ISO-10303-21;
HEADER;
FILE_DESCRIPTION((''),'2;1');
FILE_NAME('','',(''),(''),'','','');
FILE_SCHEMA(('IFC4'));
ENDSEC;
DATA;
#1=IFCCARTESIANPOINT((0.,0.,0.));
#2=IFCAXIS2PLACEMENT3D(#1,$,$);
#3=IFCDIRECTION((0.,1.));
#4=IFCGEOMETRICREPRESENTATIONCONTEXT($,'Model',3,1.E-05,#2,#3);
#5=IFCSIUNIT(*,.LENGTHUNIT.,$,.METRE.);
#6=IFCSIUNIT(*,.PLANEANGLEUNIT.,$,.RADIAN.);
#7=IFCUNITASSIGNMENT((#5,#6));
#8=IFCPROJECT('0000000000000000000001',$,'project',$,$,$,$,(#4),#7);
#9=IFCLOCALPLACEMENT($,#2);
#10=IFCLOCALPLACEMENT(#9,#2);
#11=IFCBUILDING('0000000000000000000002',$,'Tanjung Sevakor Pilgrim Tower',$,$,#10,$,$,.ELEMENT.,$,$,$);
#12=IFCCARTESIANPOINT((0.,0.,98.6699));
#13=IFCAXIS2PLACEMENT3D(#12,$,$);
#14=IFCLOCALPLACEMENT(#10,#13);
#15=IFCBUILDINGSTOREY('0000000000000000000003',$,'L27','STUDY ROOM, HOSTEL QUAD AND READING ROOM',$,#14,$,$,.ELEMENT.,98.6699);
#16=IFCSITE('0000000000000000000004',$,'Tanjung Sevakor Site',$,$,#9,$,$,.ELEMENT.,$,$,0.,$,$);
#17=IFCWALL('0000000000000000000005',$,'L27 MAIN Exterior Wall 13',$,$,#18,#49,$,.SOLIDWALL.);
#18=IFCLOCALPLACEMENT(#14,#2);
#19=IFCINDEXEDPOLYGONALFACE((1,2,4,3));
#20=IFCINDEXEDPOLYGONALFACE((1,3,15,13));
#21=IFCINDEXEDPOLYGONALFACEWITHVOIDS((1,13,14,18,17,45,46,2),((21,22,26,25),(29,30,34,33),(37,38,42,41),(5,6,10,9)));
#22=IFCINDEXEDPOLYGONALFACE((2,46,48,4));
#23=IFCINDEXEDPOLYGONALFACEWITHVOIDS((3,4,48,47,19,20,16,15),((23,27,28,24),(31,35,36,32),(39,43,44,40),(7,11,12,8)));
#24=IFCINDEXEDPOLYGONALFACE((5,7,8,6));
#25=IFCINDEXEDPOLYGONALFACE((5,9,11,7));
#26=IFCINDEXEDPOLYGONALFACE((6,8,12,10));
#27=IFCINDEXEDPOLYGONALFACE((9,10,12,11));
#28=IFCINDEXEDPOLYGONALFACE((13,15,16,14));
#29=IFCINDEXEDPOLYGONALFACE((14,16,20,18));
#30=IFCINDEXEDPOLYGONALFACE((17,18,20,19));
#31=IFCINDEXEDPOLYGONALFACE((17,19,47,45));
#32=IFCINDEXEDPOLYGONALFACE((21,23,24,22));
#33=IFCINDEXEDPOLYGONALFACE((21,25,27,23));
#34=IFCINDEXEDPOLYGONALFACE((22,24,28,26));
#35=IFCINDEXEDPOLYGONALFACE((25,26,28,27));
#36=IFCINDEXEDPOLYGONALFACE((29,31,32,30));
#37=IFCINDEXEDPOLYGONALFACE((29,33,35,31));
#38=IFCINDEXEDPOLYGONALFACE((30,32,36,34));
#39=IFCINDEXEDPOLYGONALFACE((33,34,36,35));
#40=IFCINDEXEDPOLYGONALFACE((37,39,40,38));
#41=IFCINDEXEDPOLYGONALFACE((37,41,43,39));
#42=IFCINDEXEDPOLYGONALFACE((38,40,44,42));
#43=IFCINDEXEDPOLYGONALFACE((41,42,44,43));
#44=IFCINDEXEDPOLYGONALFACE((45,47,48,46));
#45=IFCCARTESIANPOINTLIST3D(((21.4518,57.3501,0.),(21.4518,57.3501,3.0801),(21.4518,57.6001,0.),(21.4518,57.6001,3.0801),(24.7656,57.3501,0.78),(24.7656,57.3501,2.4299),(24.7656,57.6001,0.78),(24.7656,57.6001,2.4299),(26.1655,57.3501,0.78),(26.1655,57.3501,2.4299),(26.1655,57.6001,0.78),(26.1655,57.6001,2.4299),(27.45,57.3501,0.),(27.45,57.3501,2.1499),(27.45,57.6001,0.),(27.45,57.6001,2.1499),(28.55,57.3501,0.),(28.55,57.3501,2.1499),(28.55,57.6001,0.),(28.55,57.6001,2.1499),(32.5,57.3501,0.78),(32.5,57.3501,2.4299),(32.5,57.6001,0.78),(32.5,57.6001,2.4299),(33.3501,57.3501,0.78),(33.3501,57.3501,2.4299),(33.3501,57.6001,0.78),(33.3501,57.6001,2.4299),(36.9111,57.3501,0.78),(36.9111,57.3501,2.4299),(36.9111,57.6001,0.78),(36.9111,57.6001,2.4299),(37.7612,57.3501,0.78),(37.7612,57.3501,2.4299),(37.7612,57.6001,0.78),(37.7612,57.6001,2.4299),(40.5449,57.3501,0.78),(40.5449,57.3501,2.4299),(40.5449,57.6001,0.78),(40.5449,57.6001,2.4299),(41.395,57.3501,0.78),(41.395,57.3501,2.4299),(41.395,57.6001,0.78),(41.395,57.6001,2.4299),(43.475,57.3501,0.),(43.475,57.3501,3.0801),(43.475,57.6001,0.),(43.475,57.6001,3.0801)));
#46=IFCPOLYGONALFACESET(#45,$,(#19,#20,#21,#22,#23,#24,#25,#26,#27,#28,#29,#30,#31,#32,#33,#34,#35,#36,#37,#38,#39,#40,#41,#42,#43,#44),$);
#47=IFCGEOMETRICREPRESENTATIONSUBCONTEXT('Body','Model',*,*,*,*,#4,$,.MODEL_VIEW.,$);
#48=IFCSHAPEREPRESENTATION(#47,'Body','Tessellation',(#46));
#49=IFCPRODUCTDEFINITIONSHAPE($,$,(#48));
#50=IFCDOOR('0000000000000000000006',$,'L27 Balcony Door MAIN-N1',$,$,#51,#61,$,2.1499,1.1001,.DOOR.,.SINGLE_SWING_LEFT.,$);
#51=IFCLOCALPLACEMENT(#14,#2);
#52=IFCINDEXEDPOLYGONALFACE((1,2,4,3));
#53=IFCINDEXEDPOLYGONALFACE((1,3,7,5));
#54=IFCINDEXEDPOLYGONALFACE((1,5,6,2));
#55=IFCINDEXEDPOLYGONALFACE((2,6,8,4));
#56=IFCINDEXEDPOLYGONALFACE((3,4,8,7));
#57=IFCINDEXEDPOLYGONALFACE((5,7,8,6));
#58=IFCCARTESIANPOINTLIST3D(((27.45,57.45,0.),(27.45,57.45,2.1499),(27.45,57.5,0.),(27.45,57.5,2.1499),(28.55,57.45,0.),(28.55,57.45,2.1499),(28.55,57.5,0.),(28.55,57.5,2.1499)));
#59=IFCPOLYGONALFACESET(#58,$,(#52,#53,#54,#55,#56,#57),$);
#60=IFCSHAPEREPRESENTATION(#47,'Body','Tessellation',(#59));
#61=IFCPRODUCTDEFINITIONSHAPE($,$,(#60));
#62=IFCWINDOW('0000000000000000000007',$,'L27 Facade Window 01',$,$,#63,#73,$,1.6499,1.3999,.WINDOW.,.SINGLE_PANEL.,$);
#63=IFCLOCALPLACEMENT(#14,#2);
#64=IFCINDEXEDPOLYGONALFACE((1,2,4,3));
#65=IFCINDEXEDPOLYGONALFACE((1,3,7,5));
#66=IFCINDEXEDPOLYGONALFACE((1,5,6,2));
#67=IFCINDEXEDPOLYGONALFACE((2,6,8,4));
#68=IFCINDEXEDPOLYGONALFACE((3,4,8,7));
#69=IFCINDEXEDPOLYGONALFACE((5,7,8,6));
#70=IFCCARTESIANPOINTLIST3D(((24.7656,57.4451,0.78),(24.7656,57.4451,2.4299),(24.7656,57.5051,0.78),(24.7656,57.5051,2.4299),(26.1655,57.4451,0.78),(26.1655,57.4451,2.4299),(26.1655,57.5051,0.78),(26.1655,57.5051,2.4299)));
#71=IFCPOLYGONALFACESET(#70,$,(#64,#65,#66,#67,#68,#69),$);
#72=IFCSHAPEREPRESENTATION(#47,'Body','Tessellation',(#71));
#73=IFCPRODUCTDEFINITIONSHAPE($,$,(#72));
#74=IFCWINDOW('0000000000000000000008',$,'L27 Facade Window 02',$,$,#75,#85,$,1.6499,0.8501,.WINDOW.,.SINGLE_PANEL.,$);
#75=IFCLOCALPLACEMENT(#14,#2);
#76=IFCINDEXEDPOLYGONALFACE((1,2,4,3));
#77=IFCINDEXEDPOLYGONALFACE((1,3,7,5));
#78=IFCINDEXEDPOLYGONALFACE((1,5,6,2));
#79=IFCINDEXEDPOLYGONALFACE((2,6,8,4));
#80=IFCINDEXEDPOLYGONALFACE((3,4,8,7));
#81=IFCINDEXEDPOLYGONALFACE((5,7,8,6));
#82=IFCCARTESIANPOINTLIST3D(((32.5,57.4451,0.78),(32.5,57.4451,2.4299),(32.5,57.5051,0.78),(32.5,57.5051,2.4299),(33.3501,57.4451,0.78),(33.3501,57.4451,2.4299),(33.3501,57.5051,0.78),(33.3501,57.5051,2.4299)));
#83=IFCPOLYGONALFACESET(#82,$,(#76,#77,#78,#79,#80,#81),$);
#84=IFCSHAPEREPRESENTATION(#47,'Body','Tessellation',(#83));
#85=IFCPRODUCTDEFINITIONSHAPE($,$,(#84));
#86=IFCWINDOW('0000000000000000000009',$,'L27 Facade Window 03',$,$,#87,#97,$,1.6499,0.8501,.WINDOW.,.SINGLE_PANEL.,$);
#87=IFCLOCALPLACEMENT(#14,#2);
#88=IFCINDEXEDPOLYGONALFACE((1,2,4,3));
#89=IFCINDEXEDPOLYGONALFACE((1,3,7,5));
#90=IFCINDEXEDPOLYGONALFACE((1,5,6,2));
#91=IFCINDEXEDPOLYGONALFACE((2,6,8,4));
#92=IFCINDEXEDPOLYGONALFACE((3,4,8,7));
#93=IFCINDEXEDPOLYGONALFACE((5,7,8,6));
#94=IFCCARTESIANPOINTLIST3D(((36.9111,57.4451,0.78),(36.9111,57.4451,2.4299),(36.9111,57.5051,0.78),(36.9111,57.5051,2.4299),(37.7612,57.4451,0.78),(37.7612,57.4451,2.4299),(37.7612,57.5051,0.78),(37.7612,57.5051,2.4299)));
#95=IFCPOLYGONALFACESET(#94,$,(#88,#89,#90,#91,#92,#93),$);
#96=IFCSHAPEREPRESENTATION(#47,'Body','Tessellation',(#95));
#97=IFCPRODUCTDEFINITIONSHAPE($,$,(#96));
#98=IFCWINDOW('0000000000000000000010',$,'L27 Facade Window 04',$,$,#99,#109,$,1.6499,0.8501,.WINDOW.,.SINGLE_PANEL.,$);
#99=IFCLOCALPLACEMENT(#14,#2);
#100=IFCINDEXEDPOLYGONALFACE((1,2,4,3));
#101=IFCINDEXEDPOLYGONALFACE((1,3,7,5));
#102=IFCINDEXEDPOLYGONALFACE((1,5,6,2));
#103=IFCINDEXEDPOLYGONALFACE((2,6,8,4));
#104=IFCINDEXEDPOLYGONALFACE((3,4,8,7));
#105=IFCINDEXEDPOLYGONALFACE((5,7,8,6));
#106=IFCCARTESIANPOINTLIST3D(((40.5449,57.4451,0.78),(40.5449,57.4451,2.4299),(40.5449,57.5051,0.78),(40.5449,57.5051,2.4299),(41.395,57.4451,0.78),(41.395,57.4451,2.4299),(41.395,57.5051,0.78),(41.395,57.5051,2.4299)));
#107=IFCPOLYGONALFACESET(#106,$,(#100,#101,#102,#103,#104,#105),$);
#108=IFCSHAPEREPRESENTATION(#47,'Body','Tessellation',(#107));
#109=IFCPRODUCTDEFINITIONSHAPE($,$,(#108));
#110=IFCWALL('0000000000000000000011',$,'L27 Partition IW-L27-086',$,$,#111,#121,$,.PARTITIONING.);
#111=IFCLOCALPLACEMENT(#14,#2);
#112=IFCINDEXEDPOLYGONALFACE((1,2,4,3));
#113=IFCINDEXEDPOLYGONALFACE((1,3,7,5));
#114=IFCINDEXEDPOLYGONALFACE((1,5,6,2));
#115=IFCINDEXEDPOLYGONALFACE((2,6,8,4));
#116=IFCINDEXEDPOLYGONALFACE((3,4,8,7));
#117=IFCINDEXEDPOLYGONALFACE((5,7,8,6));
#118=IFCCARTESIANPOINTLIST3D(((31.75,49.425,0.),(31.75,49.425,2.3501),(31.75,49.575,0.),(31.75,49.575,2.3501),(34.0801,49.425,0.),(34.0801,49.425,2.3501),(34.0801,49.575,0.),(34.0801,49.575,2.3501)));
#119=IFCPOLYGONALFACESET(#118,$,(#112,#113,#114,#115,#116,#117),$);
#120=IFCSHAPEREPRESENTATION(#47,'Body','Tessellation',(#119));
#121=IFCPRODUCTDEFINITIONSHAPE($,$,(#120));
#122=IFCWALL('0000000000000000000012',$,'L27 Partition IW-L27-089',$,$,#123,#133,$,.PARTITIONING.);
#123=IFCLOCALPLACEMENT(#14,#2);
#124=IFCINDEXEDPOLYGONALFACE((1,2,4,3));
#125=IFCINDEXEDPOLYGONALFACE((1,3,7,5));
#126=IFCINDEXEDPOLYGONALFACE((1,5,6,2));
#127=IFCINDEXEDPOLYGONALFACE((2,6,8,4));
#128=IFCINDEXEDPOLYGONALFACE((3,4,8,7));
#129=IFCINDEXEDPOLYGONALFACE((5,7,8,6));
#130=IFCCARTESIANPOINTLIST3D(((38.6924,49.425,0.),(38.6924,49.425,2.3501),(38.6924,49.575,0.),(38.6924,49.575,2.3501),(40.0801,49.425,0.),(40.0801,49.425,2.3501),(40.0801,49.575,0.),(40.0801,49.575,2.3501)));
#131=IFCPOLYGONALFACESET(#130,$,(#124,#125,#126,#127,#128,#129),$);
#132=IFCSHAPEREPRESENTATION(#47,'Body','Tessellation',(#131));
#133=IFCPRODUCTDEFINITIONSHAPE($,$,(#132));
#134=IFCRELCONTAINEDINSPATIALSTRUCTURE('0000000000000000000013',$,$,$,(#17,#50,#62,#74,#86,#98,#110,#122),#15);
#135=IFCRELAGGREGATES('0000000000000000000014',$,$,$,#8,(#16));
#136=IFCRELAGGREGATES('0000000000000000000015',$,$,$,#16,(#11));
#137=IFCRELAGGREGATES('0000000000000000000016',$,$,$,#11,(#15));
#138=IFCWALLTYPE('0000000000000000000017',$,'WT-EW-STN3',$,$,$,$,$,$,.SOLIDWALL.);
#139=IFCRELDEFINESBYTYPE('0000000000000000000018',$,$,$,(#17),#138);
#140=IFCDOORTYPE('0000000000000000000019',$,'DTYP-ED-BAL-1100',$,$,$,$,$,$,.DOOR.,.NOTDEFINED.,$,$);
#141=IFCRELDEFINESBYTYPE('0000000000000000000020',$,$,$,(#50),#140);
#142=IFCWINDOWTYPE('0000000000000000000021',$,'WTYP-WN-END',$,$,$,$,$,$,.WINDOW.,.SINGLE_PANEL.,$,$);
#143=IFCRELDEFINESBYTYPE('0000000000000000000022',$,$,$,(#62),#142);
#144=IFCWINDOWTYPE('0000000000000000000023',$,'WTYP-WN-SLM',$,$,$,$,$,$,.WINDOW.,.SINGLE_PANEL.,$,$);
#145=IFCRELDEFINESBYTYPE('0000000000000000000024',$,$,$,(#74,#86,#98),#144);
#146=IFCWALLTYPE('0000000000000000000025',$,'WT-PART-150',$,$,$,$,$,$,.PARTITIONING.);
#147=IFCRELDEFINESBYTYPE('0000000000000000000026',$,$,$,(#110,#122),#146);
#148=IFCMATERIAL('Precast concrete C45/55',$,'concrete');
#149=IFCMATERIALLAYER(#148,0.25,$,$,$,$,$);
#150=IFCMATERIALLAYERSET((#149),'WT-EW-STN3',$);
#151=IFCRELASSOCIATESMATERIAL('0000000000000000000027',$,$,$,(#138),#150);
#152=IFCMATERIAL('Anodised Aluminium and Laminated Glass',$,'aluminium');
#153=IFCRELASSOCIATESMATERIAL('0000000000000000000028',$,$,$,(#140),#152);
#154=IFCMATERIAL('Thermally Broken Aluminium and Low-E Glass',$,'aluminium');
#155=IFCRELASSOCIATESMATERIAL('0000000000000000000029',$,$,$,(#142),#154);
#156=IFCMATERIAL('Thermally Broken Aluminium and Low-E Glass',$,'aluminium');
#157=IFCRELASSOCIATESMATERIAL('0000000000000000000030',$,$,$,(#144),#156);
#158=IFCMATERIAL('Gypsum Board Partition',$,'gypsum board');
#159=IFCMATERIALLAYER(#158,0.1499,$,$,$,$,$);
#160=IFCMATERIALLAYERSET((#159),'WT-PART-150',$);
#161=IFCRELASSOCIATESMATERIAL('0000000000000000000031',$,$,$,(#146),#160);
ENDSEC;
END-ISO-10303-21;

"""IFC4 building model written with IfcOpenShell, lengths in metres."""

from ifc_helpers import new_model, si_unit, direction, frame, frame_2d, origin, place, context, subcontext, project, spatial, rectangle, extrude, material, layer, layer_set, type_object, element, fill, save


model = new_model("IFC4")

# Units and contexts
model_context = context("Model", 3, precision=1e-05, world=origin(), true_north=direction((0.0, 1.0)))
body_context = subcontext(model_context, "Body", "Model", "MODEL_VIEW")
ifc_project = project(units=[si_unit("LENGTHUNIT", "METRE"), si_unit("PLANEANGLEUNIT", "RADIAN")], contexts=[model_context])

# Site, building, storey
site_placement = place(None, origin())
site = spatial("IfcSite", under=ifc_project, at=site_placement, Name="Tanjung Sevakor Site", CompositionType="ELEMENT", RefElevation=0.0)
building_placement = place(site_placement, origin())
building = spatial("IfcBuilding", under=site, at=building_placement, Name="Tanjung Sevakor Pilgrim Tower", CompositionType="ELEMENT")
storey_placement = place(building_placement, frame((0.0, 0.0, 98.6699)))
storey = spatial("IfcBuildingStorey", under=building, at=storey_placement, Name="L27", Description="STUDY ROOM, HOSTEL QUAD AND READING ROOM", CompositionType="ELEMENT", Elevation=98.6699)

# Shared definitions
ifc_material_1 = material(Name="Precast concrete C45/55", Category="concrete")
ifc_layer_1 = layer(ifc_material_1, 0.25)
ifc_layer_set_1 = layer_set([ifc_layer_1], Name="WT-EW-STN3")
wall_type_1 = type_object("IfcWallType", Name="WT-EW-STN3", PredefinedType="SOLIDWALL", material=ifc_layer_set_1)

# Wall, openings, door, windows
wall_1_placement = place(storey_placement, frame((43.4751, 57.4751, 0.0), z_axis=(0.0, 0.0, 1.0), x_axis=(-1.0, 0.0, 0.0)))
wall_1 = element("IfcWall", 1, at=wall_1_placement, inside=storey, type_object=wall_type_1, Name="L27 MAIN Exterior Wall 13", PredefinedType="SOLIDWALL", context=body_context, shape_type="SweptSolid", body=[
    extrude(rectangle(XDim=22.0232, YDim=0.25, at=frame_2d((11.0117, 0.0))), origin(), (0.0, 0.0, 1.0), 3.0801),
])
opening_1_placement = place(wall_1_placement, frame((14.925, 0.0, 0.0)))
opening_1 = element("IfcOpeningElement", 2, at=opening_1_placement, cuts=wall_1, PredefinedType="OPENING", context=body_context, shape_type="SweptSolid", body=[
    extrude(rectangle(XDim=1.1001, YDim=2.1499, at=frame_2d((0.55, 1.075))), frame((0.0, 0.135, 0.0), z_axis=(0.0, -1.0, 0.0), x_axis=(1.0, 0.0, 0.0)), (0.0, 0.0, 1.0), 0.27),
])
opening_2_placement = place(wall_1_placement, frame((17.3096, 0.0, 0.78)))
opening_2 = element("IfcOpeningElement", 3, at=opening_2_placement, cuts=wall_1, PredefinedType="OPENING", context=body_context, shape_type="SweptSolid", body=[
    extrude(rectangle(XDim=1.3999, YDim=1.6499, at=frame_2d((0.7, 0.825))), frame((0.0, 0.135, 0.0), z_axis=(0.0, -1.0, 0.0), x_axis=(1.0, 0.0, 0.0)), (0.0, 0.0, 1.0), 0.27),
])
opening_3_placement = place(wall_1_placement, frame((10.125, 0.0, 0.78)))
opening_3 = element("IfcOpeningElement", 4, at=opening_3_placement, cuts=wall_1, PredefinedType="OPENING", context=body_context, shape_type="SweptSolid", body=[
    extrude(rectangle(XDim=0.8501, YDim=1.6499, at=frame_2d((0.425, 0.825))), frame((0.0, 0.135, 0.0), z_axis=(0.0, -1.0, 0.0), x_axis=(1.0, 0.0, 0.0)), (0.0, 0.0, 1.0), 0.27),
])
opening_4_placement = place(wall_1_placement, frame((5.7139, 0.0, 0.78)))
opening_4 = element("IfcOpeningElement", 5, at=opening_4_placement, cuts=wall_1, PredefinedType="OPENING", context=body_context, shape_type="SweptSolid", body=[
    extrude(rectangle(XDim=0.8501, YDim=1.6499, at=frame_2d((0.425, 0.825))), frame((0.0, 0.135, 0.0), z_axis=(0.0, -1.0, 0.0), x_axis=(1.0, 0.0, 0.0)), (0.0, 0.0, 1.0), 0.27),
])
opening_5_placement = place(wall_1_placement, frame((2.0801, 0.0, 0.78)))
opening_5 = element("IfcOpeningElement", 6, at=opening_5_placement, cuts=wall_1, PredefinedType="OPENING", context=body_context, shape_type="SweptSolid", body=[
    extrude(rectangle(XDim=0.8501, YDim=1.6499, at=frame_2d((0.425, 0.825))), frame((0.0, 0.135, 0.0), z_axis=(0.0, -1.0, 0.0), x_axis=(1.0, 0.0, 0.0)), (0.0, 0.0, 1.0), 0.27),
])
ifc_material_2 = material(Name="Anodised Aluminium and Laminated Glass", Category="aluminium")
door_type_1 = type_object("IfcDoorType", Name="DTYP-ED-BAL-1100", OperationType="NOTDEFINED", PredefinedType="DOOR", material=ifc_material_2)
door_1_placement = place(opening_1_placement, frame((1.1001, 0.0, 0.0), z_axis=(0.0, 0.0, 1.0), x_axis=(-1.0, 0.0, 0.0)))
door_1 = element("IfcDoor", 7, at=door_1_placement, inside=storey, type_object=door_type_1, Name="L27 Balcony Door MAIN-N1", OperationType="SINGLE_SWING_LEFT", OverallHeight=2.1499, OverallWidth=1.1001, PredefinedType="DOOR", context=body_context, shape_type="SweptSolid", body=[
    extrude(rectangle(XDim=1.1001, YDim=2.1499, at=frame_2d((0.55, 1.075))), frame((0.0, 0.0249, 0.0), z_axis=(0.0, -1.0, 0.0), x_axis=(1.0, 0.0, 0.0)), (0.0, 0.0, 1.0), 0.05),
])
fill(opening_1, door_1)
ifc_material_3 = material(Name="Thermally Broken Aluminium and Low-E Glass", Category="aluminium")
window_type_1 = type_object("IfcWindowType", Name="WTYP-WN-END", PartitioningType="SINGLE_PANEL", PredefinedType="WINDOW", material=ifc_material_3)
window_1_placement = place(opening_2_placement, origin())
window_1 = element("IfcWindow", 8, at=window_1_placement, inside=storey, type_object=window_type_1, Name="L27 Facade Window 01", OverallHeight=1.6499, OverallWidth=1.3999, PartitioningType="SINGLE_PANEL", PredefinedType="WINDOW", context=body_context, shape_type="SweptSolid", body=[
    extrude(rectangle(XDim=1.3999, YDim=1.6499, at=frame_2d((0.7, 0.825))), frame((0.0, 0.03, 0.0), z_axis=(0.0, -1.0, 0.0), x_axis=(1.0, 0.0, 0.0)), (0.0, 0.0, 1.0), 0.0601),
])
fill(opening_2, window_1)
ifc_material_4 = material(Name="Thermally Broken Aluminium and Low-E Glass", Category="aluminium")
window_type_2 = type_object("IfcWindowType", Name="WTYP-WN-SLM", PartitioningType="SINGLE_PANEL", PredefinedType="WINDOW", material=ifc_material_4)
window_2_placement = place(opening_3_placement, origin())
window_2 = element("IfcWindow", 9, at=window_2_placement, inside=storey, type_object=window_type_2, Name="L27 Facade Window 02", OverallHeight=1.6499, OverallWidth=0.8501, PartitioningType="SINGLE_PANEL", PredefinedType="WINDOW", context=body_context, shape_type="SweptSolid", body=[
    extrude(rectangle(XDim=0.8501, YDim=1.6499, at=frame_2d((0.425, 0.825))), frame((0.0, 0.03, 0.0), z_axis=(0.0, -1.0, 0.0), x_axis=(1.0, 0.0, 0.0)), (0.0, 0.0, 1.0), 0.0601),
])
fill(opening_3, window_2)
window_3_placement = place(opening_4_placement, origin())
window_3 = element("IfcWindow", 10, at=window_3_placement, inside=storey, type_object=window_type_2, Name="L27 Facade Window 03", OverallHeight=1.6499, OverallWidth=0.8501, PartitioningType="SINGLE_PANEL", PredefinedType="WINDOW", context=body_context, shape_type="SweptSolid", body=[
    extrude(rectangle(XDim=0.8501, YDim=1.6499, at=frame_2d((0.425, 0.825))), frame((0.0, 0.03, 0.0), z_axis=(0.0, -1.0, 0.0), x_axis=(1.0, 0.0, 0.0)), (0.0, 0.0, 1.0), 0.0601),
])
fill(opening_4, window_3)
window_4_placement = place(opening_5_placement, origin())
window_4 = element("IfcWindow", 11, at=window_4_placement, inside=storey, type_object=window_type_2, Name="L27 Facade Window 04", OverallHeight=1.6499, OverallWidth=0.8501, PartitioningType="SINGLE_PANEL", PredefinedType="WINDOW", context=body_context, shape_type="SweptSolid", body=[
    extrude(rectangle(XDim=0.8501, YDim=1.6499, at=frame_2d((0.425, 0.825))), frame((0.0, 0.03, 0.0), z_axis=(0.0, -1.0, 0.0), x_axis=(1.0, 0.0, 0.0)), (0.0, 0.0, 1.0), 0.0601),
])
fill(opening_5, window_4)

# Walls
ifc_material_5 = material(Name="Gypsum Board Partition", Category="gypsum board")
ifc_layer_2 = layer(ifc_material_5, 0.1499)
ifc_layer_set_2 = layer_set([ifc_layer_2], Name="WT-PART-150")
wall_type_2 = type_object("IfcWallType", Name="WT-PART-150", PredefinedType="PARTITIONING", material=ifc_layer_set_2)
wall_2_placement = place(storey_placement, frame((31.75, 49.5, 0.0), z_axis=(0.0, 0.0, 1.0), x_axis=(1.0, 0.0, 0.0)))
element("IfcWall", 12, at=wall_2_placement, inside=storey, type_object=wall_type_2, Name="L27 Partition IW-L27-086", PredefinedType="PARTITIONING", context=body_context, shape_type="SweptSolid", body=[
    extrude(rectangle(XDim=2.3301, YDim=0.1499, at=frame_2d((1.165, 0.0))), origin(), (0.0, 0.0, 1.0), 2.3501),
])
wall_3_placement = place(storey_placement, frame((38.6924, 49.5, 0.0), z_axis=(0.0, 0.0, 1.0), x_axis=(1.0, 0.0, 0.0)))
element("IfcWall", 13, at=wall_3_placement, inside=storey, type_object=wall_type_2, Name="L27 Partition IW-L27-089", PredefinedType="PARTITIONING", context=body_context, shape_type="SweptSolid", body=[
    extrude(rectangle(XDim=1.3877, YDim=0.1499, at=frame_2d((0.6938, 0.0))), origin(), (0.0, 0.0, 1.0), 2.3501),
])

save(model, "model.ifc")
